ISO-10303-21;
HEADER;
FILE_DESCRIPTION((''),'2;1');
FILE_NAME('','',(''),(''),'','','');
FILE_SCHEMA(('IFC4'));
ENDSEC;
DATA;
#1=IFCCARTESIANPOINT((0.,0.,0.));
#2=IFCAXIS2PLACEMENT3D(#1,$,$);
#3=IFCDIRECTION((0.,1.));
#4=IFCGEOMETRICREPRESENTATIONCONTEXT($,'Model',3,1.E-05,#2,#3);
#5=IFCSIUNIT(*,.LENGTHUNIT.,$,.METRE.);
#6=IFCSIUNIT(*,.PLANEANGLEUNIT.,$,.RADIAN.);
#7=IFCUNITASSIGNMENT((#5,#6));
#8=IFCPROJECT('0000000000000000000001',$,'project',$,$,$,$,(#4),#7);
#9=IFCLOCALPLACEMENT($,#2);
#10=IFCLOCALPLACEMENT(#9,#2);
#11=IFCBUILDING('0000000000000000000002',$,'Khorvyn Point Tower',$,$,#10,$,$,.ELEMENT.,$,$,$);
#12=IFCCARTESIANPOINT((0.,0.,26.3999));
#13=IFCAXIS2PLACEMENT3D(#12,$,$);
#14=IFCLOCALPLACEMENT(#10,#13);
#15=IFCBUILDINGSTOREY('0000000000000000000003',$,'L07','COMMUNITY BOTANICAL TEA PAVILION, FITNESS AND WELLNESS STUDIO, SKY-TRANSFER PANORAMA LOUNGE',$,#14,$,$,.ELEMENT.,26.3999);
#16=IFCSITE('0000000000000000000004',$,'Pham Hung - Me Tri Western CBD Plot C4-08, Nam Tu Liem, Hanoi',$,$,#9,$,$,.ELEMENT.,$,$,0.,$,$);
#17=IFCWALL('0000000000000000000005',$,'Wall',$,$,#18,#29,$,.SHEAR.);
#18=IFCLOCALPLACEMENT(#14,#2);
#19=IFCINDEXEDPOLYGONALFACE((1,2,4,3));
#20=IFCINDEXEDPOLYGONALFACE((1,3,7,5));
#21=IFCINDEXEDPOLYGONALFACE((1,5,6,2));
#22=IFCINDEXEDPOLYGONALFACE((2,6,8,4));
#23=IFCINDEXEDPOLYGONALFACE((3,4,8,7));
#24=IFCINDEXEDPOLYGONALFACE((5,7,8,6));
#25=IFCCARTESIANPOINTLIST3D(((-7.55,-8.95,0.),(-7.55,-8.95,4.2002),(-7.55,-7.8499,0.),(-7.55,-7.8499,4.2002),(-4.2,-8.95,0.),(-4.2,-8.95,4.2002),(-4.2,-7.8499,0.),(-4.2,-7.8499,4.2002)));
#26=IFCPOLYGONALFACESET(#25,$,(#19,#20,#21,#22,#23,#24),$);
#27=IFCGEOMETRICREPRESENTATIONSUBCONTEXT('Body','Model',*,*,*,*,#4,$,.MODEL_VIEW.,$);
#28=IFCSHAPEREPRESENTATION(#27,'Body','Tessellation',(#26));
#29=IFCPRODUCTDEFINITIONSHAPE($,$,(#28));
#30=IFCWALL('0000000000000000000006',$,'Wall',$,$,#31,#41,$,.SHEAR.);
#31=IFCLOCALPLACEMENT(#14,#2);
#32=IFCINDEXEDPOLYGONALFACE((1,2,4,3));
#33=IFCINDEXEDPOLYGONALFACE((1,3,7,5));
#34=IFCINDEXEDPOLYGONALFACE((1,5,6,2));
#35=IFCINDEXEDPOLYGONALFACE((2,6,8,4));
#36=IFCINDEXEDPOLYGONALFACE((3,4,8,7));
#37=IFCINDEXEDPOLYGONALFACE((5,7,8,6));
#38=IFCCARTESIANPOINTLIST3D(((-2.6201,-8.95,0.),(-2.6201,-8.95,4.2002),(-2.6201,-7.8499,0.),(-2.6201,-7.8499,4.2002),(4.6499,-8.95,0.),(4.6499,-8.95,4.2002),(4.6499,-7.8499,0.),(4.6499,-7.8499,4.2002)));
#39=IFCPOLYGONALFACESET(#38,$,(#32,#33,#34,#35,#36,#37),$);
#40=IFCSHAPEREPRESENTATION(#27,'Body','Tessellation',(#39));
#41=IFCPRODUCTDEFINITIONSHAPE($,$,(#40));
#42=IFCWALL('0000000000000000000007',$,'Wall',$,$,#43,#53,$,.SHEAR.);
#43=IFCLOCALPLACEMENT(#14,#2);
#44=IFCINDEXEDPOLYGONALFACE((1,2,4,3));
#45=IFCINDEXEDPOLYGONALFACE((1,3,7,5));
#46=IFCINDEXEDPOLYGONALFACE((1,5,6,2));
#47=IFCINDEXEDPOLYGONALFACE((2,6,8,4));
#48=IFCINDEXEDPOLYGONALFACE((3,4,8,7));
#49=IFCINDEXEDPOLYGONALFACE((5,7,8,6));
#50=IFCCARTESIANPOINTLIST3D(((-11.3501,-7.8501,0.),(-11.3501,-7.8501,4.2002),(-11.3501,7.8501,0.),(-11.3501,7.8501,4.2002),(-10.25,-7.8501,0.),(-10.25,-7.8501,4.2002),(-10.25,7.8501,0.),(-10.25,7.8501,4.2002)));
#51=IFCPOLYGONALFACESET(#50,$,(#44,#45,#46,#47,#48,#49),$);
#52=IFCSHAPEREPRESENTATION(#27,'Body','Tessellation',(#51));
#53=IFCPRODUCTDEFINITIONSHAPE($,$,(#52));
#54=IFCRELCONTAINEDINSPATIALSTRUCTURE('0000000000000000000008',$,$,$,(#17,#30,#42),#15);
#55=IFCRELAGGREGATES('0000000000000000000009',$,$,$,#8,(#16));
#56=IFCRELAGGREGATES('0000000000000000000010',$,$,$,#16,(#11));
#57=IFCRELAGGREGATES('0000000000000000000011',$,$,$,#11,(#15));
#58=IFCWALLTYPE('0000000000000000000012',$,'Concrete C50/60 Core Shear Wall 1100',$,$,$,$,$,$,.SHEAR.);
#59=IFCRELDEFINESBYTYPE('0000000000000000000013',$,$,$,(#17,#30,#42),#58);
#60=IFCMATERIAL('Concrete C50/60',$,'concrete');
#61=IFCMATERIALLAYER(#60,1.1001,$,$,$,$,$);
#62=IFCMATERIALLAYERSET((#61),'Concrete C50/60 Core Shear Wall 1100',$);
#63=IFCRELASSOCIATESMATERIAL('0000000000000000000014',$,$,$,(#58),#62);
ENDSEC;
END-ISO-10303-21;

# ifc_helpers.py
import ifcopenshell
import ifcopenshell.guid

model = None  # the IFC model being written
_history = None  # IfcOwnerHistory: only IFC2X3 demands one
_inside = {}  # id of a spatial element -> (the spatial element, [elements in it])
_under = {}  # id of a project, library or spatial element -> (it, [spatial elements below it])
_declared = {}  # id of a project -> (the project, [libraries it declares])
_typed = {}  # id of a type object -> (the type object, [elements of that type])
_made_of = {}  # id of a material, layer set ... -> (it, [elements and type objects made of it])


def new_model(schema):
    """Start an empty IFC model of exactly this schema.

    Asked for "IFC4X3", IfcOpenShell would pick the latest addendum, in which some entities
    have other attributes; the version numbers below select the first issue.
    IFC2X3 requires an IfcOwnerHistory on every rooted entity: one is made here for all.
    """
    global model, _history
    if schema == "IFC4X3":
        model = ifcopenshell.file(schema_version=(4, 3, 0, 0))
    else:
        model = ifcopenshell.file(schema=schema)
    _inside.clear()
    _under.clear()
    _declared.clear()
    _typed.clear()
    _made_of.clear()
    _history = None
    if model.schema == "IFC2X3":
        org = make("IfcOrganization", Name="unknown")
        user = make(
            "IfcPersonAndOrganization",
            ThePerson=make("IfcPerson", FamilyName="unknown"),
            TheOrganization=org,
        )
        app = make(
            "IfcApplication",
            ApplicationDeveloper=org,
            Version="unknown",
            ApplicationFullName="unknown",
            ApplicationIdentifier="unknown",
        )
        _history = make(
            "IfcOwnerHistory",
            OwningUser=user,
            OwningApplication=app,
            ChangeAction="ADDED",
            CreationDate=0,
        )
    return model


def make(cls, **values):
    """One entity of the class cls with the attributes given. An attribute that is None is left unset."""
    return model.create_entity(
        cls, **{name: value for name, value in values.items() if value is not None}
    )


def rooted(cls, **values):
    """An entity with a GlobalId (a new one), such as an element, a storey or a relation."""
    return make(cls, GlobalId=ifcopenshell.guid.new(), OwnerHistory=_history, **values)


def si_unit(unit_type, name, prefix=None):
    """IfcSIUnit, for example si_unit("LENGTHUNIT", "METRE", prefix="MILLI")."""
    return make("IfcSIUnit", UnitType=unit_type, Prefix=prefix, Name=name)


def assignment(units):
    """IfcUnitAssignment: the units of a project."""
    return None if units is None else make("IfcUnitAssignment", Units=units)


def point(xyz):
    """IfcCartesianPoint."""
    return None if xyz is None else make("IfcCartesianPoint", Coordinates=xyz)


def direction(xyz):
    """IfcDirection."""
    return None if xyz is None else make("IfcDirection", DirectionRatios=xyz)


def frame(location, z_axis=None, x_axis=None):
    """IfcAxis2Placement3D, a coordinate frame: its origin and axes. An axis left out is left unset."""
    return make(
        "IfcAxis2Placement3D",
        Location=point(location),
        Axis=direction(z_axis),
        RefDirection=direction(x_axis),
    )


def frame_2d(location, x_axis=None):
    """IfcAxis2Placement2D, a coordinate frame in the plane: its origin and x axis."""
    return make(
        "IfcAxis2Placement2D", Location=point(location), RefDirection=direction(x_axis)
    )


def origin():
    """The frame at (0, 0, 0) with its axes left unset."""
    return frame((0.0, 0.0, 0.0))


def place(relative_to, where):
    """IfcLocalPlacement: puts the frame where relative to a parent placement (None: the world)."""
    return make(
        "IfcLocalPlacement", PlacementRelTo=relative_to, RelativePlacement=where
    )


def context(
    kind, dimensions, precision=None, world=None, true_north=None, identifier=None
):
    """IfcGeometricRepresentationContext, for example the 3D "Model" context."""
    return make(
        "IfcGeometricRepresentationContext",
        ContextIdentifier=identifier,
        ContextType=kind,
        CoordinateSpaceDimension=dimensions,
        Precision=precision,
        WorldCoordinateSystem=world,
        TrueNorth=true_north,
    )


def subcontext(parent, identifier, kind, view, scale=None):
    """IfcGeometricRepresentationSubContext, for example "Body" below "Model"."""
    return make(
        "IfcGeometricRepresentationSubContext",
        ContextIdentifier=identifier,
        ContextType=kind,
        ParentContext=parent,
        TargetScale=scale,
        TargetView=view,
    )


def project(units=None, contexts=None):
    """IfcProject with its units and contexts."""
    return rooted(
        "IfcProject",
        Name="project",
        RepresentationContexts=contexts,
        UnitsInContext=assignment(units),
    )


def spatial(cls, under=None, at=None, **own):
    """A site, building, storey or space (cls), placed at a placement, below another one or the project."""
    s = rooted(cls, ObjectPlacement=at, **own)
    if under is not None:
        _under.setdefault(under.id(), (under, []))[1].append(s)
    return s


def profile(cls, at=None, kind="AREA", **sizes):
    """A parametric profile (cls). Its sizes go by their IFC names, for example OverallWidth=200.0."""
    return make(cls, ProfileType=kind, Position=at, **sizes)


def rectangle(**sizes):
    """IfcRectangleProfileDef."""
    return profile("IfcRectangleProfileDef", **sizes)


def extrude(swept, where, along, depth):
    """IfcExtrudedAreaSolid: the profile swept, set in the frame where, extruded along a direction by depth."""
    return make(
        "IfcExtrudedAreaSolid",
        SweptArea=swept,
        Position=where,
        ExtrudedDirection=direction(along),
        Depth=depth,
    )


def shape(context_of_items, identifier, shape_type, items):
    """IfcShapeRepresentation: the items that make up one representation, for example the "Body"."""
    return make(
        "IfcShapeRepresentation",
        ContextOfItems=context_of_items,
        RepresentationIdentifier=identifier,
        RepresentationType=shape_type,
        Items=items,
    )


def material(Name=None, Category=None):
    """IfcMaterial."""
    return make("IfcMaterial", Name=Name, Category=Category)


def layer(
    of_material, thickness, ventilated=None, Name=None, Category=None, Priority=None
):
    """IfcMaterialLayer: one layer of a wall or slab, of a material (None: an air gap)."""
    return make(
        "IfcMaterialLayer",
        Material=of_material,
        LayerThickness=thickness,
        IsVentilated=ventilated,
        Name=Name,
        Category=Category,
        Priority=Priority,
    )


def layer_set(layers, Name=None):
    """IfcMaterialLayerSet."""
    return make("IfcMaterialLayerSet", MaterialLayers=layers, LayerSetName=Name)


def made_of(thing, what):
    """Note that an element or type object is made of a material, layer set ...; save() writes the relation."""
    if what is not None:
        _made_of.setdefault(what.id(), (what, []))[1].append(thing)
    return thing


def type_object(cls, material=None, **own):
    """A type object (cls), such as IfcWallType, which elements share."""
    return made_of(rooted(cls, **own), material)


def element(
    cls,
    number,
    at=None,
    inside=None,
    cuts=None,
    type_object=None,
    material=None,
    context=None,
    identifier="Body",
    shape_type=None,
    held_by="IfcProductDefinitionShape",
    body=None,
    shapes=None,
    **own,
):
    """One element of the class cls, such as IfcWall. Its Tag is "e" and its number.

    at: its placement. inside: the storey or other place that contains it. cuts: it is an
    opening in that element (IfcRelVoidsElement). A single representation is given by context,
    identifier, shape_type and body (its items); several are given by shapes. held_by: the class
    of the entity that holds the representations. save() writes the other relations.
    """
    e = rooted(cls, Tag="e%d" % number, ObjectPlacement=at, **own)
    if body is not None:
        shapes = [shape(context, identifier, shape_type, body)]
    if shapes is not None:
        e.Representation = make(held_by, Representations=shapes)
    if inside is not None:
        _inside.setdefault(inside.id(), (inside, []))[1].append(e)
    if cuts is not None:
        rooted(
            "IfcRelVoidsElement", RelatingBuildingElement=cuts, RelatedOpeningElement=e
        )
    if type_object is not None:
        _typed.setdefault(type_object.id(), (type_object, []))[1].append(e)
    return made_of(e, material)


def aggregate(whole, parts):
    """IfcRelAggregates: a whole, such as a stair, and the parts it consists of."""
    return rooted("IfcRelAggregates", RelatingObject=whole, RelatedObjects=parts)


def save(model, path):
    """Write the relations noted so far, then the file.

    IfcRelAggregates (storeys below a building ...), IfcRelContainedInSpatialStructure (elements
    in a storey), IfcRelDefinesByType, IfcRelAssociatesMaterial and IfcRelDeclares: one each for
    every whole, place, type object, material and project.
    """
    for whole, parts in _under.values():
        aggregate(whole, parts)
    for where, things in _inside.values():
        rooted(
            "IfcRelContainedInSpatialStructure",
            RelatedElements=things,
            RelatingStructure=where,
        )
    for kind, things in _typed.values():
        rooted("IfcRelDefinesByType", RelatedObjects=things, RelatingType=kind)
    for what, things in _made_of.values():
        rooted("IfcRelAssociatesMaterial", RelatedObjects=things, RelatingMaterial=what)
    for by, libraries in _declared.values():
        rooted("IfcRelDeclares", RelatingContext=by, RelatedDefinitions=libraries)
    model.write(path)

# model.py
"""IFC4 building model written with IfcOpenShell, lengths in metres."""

from ifc_helpers import new_model, si_unit, direction, frame, frame_2d, origin, place, context, subcontext, project, spatial, rectangle, extrude, material, layer, layer_set, type_object, element, save


model = new_model("IFC4")

# Units and contexts
model_context = context("Model", 3, precision=1e-05, world=origin(), true_north=direction((0.0, 1.0)))
body_context = subcontext(model_context, "Body", "Model", "MODEL_VIEW")
ifc_project = project(units=[si_unit("LENGTHUNIT", "METRE"), si_unit("PLANEANGLEUNIT", "RADIAN")], contexts=[model_context])

# Site, building, storey
site_placement = place(None, origin())
site = spatial("IfcSite", under=ifc_project, at=site_placement, Name="Pham Hung - Me Tri Western CBD Plot C4-08, Nam Tu Liem, Hanoi", CompositionType="ELEMENT", RefElevation=0.0)
building_placement = place(site_placement, origin())
building = spatial("IfcBuilding", under=site, at=building_placement, Name="Khorvyn Point Tower", CompositionType="ELEMENT")
storey_placement = place(building_placement, frame((0.0, 0.0, 26.3999)))
storey = spatial("IfcBuildingStorey", under=building, at=storey_placement, Name="L07", Description="COMMUNITY BOTANICAL TEA PAVILION, FITNESS AND WELLNESS STUDIO, SKY-TRANSFER PANORAMA LOUNGE", CompositionType="ELEMENT", Elevation=26.3999)

# Shared definitions
ifc_material_1 = material(Name="Concrete C50/60", Category="concrete")

# Walls
ifc_layer_1 = layer(ifc_material_1, 1.1001)
ifc_layer_set_1 = layer_set([ifc_layer_1], Name="Concrete C50/60 Core Shear Wall 1100")
wall_type_1 = type_object("IfcWallType", Name="Concrete C50/60 Core Shear Wall 1100", PredefinedType="SHEAR", material=ifc_layer_set_1)
wall_1_placement = place(storey_placement, frame((-7.55, -8.3999, 0.0), z_axis=(0.0, 0.0, 1.0), x_axis=(1.0, 0.0, 0.0)))
element("IfcWall", 1, at=wall_1_placement, inside=storey, type_object=wall_type_1, Name="Wall", PredefinedType="SHEAR", context=body_context, shape_type="SweptSolid", body=[
    extrude(rectangle(XDim=3.3501, YDim=1.1001, at=frame_2d((1.675, 0.0))), origin(), (0.0, 0.0, 1.0), 4.2002),
])
wall_2_placement = place(storey_placement, frame((-2.6201, -8.3999, 0.0), z_axis=(0.0, 0.0, 1.0), x_axis=(1.0, 0.0, 0.0)))
element("IfcWall", 2, at=wall_2_placement, inside=storey, type_object=wall_type_1, Name="Wall", PredefinedType="SHEAR", context=body_context, shape_type="SweptSolid", body=[
    extrude(rectangle(XDim=7.27, YDim=1.1001, at=frame_2d((3.635, 0.0))), origin(), (0.0, 0.0, 1.0), 4.2002),
])
wall_3_placement = place(storey_placement, frame((-10.8, -7.8501, 0.0), z_axis=(0.0, 0.0, 1.0), x_axis=(0.0, 1.0, 0.0)))
element("IfcWall", 3, at=wall_3_placement, inside=storey, type_object=wall_type_1, Name="Wall", PredefinedType="SHEAR", context=body_context, shape_type="SweptSolid", body=[
    extrude(rectangle(XDim=15.7002, YDim=1.1001, at=frame_2d((7.8501, 0.0))), origin(), (0.0, 0.0, 1.0), 4.2002),
])

save(model, "model.ifc")
